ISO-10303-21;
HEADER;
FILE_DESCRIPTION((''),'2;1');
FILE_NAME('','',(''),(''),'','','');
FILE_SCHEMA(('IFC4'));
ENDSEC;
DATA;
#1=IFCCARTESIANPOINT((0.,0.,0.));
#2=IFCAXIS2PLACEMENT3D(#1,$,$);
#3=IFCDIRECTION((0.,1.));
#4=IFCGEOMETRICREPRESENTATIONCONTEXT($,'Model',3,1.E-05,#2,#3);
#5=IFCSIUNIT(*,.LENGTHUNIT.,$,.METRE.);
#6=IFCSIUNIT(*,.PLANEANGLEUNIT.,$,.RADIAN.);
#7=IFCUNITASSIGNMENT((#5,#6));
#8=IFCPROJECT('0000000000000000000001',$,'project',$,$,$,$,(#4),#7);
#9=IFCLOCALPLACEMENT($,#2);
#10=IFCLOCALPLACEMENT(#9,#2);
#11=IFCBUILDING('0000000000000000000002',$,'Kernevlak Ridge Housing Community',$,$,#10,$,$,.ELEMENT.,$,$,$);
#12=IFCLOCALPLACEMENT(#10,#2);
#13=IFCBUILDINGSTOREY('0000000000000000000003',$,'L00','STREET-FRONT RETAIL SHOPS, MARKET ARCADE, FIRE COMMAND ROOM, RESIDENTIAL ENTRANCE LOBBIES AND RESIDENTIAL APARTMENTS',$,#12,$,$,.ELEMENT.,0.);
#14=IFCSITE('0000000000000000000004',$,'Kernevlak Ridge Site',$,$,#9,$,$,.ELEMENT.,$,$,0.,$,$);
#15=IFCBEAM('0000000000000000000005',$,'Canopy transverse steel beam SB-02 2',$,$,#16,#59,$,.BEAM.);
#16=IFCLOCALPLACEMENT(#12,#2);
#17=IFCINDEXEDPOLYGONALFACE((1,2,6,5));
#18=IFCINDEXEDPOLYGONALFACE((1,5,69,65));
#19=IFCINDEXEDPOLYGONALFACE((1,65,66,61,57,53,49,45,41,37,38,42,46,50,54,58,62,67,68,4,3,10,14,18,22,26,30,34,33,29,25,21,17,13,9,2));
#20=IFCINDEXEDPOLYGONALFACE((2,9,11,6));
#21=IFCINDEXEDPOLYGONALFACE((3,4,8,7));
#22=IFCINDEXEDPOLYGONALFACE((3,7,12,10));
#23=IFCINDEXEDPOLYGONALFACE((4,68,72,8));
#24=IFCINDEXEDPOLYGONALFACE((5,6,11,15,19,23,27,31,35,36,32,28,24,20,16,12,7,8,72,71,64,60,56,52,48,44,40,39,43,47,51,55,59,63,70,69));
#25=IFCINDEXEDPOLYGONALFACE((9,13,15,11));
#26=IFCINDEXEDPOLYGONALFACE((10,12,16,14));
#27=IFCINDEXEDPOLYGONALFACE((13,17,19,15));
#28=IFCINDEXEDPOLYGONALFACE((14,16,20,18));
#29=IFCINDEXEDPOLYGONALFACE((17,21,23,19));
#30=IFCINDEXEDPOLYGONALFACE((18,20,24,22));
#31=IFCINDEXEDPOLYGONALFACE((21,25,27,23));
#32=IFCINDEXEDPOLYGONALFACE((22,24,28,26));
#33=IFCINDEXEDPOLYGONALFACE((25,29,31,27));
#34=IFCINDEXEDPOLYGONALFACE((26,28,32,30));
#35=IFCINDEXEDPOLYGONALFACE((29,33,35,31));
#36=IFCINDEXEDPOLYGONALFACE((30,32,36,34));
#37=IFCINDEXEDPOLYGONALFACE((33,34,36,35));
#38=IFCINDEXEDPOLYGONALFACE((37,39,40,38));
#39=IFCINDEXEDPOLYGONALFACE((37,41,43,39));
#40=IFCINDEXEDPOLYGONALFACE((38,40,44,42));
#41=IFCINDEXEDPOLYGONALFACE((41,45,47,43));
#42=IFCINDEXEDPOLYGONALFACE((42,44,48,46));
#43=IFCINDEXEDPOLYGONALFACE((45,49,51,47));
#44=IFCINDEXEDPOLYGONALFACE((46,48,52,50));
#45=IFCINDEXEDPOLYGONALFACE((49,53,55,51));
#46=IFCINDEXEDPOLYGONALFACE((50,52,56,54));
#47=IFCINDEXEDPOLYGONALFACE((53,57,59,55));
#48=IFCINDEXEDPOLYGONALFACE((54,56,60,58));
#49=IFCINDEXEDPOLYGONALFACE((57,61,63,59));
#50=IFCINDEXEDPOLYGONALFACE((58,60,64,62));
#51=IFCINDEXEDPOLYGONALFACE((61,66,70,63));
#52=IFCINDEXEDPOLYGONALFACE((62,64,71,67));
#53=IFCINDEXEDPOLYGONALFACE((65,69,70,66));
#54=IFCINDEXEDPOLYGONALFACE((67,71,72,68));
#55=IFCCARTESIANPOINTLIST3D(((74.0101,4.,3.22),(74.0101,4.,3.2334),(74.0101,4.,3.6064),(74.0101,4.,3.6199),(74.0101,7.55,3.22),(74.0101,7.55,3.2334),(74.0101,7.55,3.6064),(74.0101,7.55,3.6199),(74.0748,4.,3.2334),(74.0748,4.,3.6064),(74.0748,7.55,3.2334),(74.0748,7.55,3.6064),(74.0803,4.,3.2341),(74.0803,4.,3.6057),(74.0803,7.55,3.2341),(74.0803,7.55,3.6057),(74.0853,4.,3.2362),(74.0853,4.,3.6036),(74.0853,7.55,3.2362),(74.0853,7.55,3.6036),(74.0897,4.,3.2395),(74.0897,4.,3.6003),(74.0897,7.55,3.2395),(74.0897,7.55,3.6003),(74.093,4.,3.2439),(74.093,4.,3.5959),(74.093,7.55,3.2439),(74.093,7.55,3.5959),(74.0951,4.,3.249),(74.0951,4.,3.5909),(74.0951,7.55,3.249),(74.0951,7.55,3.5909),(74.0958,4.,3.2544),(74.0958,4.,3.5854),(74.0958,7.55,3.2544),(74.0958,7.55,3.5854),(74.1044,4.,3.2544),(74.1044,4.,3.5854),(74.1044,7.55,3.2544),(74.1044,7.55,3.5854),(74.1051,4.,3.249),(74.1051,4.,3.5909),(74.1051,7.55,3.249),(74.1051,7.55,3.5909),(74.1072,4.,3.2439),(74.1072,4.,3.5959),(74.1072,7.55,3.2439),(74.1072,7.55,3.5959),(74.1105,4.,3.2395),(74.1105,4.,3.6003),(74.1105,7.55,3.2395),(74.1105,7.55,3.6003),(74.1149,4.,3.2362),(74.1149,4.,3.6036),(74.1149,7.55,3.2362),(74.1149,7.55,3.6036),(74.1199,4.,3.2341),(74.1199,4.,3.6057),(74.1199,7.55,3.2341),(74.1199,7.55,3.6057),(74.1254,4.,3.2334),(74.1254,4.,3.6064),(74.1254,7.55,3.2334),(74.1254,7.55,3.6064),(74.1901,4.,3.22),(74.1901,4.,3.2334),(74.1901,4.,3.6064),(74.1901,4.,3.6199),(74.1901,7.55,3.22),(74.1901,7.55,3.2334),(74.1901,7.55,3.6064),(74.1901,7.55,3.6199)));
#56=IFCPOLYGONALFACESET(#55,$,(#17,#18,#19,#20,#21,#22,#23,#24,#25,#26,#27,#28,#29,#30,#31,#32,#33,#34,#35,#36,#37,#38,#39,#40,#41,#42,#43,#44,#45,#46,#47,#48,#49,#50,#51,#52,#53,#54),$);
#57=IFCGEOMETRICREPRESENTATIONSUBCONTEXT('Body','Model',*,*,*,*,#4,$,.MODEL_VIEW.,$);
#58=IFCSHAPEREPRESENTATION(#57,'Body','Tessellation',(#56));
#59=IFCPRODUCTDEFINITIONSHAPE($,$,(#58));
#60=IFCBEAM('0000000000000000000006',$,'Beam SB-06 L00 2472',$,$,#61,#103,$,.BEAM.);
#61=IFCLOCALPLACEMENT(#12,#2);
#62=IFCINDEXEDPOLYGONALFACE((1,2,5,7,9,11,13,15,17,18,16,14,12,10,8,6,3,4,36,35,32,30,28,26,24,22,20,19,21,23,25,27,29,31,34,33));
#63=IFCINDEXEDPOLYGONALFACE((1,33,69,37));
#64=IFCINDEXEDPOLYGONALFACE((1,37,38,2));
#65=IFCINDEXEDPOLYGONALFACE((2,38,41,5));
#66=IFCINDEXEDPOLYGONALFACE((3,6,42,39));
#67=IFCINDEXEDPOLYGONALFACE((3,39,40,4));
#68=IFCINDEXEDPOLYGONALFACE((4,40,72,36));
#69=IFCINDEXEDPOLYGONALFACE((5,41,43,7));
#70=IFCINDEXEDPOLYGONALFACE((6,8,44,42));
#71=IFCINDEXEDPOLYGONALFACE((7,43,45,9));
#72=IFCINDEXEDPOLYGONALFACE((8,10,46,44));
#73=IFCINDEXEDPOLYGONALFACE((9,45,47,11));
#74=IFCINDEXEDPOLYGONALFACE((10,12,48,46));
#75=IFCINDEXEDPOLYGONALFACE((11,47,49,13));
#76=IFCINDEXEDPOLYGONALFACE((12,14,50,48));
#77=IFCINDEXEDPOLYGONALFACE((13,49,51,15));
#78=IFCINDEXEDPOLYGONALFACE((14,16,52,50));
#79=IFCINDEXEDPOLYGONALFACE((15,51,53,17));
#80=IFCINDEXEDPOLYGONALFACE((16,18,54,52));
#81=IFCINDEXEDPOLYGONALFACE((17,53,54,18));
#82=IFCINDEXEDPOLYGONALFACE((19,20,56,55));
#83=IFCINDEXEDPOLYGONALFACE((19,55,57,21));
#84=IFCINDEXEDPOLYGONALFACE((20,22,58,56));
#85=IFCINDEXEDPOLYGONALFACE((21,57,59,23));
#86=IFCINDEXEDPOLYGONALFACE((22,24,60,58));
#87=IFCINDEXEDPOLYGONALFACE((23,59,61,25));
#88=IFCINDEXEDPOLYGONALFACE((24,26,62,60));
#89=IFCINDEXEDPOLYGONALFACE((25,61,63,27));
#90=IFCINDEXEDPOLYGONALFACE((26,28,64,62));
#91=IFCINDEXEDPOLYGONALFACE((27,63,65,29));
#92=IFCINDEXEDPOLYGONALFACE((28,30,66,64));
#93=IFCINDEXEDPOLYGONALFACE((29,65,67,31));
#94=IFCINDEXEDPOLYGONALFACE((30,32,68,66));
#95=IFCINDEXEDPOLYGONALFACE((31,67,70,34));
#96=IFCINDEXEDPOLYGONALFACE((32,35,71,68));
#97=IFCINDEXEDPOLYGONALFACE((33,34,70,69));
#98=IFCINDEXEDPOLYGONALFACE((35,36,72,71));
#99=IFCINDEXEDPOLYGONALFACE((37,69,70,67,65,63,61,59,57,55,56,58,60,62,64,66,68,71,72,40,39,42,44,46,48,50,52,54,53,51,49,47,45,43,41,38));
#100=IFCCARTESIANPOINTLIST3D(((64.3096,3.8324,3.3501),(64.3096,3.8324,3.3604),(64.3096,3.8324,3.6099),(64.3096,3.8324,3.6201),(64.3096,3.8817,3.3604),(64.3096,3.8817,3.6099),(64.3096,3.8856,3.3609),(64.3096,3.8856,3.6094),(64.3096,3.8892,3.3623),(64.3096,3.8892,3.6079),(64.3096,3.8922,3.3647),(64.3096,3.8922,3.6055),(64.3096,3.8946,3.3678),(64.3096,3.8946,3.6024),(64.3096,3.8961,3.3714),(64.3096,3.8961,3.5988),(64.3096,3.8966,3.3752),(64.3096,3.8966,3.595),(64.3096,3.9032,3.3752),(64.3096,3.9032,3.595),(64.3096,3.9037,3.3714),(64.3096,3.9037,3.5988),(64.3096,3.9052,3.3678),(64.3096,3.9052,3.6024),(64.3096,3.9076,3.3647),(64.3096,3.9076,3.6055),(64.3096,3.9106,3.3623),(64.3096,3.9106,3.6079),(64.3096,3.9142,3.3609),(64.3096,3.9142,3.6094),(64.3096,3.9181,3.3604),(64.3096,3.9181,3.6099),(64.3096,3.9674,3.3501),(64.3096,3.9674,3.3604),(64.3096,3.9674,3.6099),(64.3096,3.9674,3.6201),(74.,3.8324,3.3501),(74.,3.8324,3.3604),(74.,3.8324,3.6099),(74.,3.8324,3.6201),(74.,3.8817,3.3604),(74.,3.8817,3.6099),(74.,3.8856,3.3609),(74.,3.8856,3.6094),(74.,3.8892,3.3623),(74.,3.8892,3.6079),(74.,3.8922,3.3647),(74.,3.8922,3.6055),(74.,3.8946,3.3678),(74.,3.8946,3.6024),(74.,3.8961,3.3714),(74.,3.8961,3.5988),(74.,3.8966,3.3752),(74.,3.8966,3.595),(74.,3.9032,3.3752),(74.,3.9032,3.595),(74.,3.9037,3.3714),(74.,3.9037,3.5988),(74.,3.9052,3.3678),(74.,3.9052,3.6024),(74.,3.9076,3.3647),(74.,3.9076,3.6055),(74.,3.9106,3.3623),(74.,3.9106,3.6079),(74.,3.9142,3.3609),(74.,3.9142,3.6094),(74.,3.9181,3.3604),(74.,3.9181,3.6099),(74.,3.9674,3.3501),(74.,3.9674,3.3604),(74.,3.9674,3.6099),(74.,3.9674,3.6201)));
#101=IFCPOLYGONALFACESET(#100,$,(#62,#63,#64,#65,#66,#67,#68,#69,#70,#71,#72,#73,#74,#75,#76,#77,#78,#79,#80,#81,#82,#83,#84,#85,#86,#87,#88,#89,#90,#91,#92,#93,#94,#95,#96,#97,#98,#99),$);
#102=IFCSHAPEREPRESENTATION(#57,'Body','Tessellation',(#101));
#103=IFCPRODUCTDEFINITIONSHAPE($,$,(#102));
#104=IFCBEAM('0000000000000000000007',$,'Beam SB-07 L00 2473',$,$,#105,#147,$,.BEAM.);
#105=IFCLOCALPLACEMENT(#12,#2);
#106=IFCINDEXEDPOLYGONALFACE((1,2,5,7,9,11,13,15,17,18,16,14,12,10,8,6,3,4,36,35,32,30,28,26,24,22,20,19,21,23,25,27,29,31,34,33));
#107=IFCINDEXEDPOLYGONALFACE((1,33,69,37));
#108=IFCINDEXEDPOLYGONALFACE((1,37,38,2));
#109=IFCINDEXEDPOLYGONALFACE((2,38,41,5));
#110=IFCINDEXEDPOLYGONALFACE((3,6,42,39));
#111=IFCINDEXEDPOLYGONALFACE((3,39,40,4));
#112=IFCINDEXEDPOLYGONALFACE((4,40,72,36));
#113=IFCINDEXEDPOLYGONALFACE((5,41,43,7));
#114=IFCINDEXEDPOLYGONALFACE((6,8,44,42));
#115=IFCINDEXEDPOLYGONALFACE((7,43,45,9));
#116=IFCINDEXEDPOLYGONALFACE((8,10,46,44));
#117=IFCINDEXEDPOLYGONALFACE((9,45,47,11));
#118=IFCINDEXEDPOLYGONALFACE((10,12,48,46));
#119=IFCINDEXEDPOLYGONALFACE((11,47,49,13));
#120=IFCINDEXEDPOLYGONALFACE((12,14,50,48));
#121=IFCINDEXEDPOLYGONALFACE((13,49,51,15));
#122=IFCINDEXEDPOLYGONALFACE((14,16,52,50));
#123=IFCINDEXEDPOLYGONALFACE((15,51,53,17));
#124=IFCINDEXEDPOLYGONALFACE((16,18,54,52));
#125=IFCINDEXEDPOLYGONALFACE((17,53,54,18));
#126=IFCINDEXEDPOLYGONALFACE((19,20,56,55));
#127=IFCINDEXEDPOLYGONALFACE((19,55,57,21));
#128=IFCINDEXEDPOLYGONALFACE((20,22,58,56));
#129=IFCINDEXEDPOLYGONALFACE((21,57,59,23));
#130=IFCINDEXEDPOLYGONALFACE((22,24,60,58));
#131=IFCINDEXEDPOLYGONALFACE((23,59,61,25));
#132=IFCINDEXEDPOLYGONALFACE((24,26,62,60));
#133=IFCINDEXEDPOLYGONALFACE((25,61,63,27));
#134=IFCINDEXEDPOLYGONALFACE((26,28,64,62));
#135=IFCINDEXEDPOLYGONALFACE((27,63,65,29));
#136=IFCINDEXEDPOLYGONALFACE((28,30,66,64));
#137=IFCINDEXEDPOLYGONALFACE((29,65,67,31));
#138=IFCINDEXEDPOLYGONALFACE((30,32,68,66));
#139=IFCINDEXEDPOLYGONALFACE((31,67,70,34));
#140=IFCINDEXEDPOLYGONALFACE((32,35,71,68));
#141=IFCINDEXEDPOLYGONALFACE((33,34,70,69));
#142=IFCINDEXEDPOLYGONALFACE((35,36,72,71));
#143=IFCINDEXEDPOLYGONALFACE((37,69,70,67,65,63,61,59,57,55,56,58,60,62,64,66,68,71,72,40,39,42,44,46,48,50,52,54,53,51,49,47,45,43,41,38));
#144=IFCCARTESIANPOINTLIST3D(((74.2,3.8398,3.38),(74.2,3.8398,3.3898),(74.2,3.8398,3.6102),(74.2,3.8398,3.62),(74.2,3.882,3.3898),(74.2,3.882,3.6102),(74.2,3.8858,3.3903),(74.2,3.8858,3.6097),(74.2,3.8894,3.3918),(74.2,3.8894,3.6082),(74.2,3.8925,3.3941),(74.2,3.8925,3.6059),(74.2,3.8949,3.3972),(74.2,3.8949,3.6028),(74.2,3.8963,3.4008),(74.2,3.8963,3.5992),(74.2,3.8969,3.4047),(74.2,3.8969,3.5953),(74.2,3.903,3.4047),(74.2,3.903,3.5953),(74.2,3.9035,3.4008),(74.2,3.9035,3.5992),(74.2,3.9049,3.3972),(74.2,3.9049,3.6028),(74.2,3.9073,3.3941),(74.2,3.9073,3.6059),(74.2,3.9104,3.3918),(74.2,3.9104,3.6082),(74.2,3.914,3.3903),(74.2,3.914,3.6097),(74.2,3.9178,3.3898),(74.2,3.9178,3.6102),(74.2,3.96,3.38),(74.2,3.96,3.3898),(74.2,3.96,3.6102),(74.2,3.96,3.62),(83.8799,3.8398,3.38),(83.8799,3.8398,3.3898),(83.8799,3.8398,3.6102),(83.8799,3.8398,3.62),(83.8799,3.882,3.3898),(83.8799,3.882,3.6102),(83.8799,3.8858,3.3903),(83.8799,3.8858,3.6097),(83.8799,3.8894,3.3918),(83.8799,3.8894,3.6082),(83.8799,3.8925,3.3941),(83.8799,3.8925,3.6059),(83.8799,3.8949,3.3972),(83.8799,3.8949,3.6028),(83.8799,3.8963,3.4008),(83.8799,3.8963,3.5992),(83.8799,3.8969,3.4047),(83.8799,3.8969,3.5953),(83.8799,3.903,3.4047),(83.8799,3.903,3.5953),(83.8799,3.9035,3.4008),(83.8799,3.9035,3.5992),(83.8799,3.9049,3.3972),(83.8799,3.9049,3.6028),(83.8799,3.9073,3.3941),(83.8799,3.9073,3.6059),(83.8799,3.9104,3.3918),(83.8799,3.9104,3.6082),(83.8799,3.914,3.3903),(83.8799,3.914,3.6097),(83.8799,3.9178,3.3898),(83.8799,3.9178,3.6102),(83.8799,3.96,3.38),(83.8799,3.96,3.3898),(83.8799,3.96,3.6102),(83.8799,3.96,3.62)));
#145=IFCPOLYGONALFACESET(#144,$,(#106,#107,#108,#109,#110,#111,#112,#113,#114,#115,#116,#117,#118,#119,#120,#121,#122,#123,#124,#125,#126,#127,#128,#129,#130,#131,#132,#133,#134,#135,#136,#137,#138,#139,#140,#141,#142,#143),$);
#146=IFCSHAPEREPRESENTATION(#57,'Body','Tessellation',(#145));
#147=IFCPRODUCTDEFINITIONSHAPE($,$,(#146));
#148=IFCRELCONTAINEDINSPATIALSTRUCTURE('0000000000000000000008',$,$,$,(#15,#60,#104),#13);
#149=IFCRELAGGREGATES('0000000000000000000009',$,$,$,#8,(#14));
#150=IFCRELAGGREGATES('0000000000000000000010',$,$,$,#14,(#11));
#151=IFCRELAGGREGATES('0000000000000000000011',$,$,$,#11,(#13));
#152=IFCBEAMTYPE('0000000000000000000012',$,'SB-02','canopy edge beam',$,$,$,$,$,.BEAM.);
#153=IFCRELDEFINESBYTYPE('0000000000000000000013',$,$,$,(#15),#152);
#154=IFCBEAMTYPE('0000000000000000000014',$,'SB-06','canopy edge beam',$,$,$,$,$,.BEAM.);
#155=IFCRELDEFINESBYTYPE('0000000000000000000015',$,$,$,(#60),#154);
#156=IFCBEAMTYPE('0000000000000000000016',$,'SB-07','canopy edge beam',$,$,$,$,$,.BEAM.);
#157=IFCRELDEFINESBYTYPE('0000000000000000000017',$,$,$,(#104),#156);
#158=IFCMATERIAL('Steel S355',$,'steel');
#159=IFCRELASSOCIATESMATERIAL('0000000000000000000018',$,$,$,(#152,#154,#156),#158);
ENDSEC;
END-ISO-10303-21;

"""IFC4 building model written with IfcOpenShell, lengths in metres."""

from ifc_helpers import new_model, si_unit, direction, frame, origin, origin_2d, place, context, subcontext, project, spatial, i_section, extrude, material, material_profile, profile_set, type_object, element, save


model = new_model("IFC4")

# Units and contexts
model_context = context("Model", 3, precision=1e-05, world=origin(), true_north=direction((0.0, 1.0)))
body_context = subcontext(model_context, "Body", "Model", "MODEL_VIEW")
ifc_project = project(units=[si_unit("LENGTHUNIT", "METRE"), si_unit("PLANEANGLEUNIT", "RADIAN")], contexts=[model_context])

# Site, building, storey
site_placement = place(None, origin())
site = spatial("IfcSite", under=ifc_project, at=site_placement, Name="Kernevlak Ridge Site", CompositionType="ELEMENT", RefElevation=0.0)
building_placement = place(site_placement, origin())
building = spatial("IfcBuilding", under=site, at=building_placement, Name="Kernevlak Ridge Housing Community", CompositionType="ELEMENT")
storey_placement = place(building_placement, origin())
storey = spatial("IfcBuildingStorey", under=building, at=storey_placement, Name="L00", Description="STREET-FRONT RETAIL SHOPS, MARKET ARCADE, FIRE COMMAND ROOM, RESIDENTIAL ENTRANCE LOBBIES AND RESIDENTIAL APARTMENTS", CompositionType="ELEMENT", Elevation=0.0)

# Shared definitions
ifc_material_1 = material(Name="Steel S355", Category="steel")

# Beams
ifc_material_profile_1 = material_profile(ifc_material_1, i_section(OverallWidth=0.1799, OverallDepth=0.3999, WebThickness=0.0085, FlangeThickness=0.0134, FilletRadius=0.021, at=origin_2d()), Name="IPE 400")
ifc_profile_set_1 = profile_set([ifc_material_profile_1], Name="Steel S355")
beam_type_1 = type_object("IfcBeamType", Name="SB-02", Description="canopy edge beam", PredefinedType="BEAM", material=ifc_profile_set_1)
beam_1_placement = place(storey_placement, frame((74.1001, 4.0, 3.4199), z_axis=(0.0, 1.0, 0.0), x_axis=(-1.0, 0.0, 0.0)))
element("IfcBeam", 1, at=beam_1_placement, inside=storey, type_object=beam_type_1, Name="Canopy transverse steel beam SB-02 2", PredefinedType="BEAM", context=body_context, shape_type="SweptSolid", body=[
    extrude(i_section(OverallWidth=0.1799, OverallDepth=0.3999, WebThickness=0.0085, FlangeThickness=0.0134, FilletRadius=0.021, at=origin_2d()), origin(), (0.0, 0.0, 1.0), 3.55),
])
ifc_material_profile_2 = material_profile(ifc_material_1, i_section(OverallWidth=0.135, OverallDepth=0.27, WebThickness=0.0066, FlangeThickness=0.0103, FilletRadius=0.0149, at=origin_2d()), Name="IPE 270")
ifc_profile_set_2 = profile_set([ifc_material_profile_2], Name="Steel S355")
beam_type_2 = type_object("IfcBeamType", Name="SB-06", Description="canopy edge beam", PredefinedType="BEAM", material=ifc_profile_set_2)
beam_2_placement = place(storey_placement, frame((64.3096, 3.8999, 3.4851), z_axis=(1.0, 0.0, 0.0), x_axis=(0.0, 1.0, 0.0)))
element("IfcBeam", 2, at=beam_2_placement, inside=storey, type_object=beam_type_2, Name="Beam SB-06 L00 2472", PredefinedType="BEAM", context=body_context, shape_type="SweptSolid", body=[
    extrude(i_section(OverallWidth=0.135, OverallDepth=0.27, WebThickness=0.0066, FlangeThickness=0.0103, FilletRadius=0.0149, at=origin_2d()), origin(), (0.0, 0.0, 1.0), 9.6904),
])
ifc_material_profile_3 = material_profile(ifc_material_1, i_section(OverallWidth=0.1201, OverallDepth=0.24, WebThickness=0.0061, FlangeThickness=0.0098, FilletRadius=0.0149, at=origin_2d()), Name="IPE 240")
ifc_profile_set_3 = profile_set([ifc_material_profile_3], Name="Steel S355")
beam_type_3 = type_object("IfcBeamType", Name="SB-07", Description="canopy edge beam", PredefinedType="BEAM", material=ifc_profile_set_3)
beam_3_placement = place(storey_placement, frame((74.2, 3.8999, 3.5), z_axis=(1.0, 0.0, 0.0), x_axis=(0.0, 1.0, 0.0)))
element("IfcBeam", 3, at=beam_3_placement, inside=storey, type_object=beam_type_3, Name="Beam SB-07 L00 2473", PredefinedType="BEAM", context=body_context, shape_type="SweptSolid", body=[
    extrude(i_section(OverallWidth=0.1201, OverallDepth=0.24, WebThickness=0.0061, FlangeThickness=0.0098, FilletRadius=0.0149, at=origin_2d()), origin(), (0.0, 0.0, 1.0), 9.6799),
])

save(model, "model.ifc")
